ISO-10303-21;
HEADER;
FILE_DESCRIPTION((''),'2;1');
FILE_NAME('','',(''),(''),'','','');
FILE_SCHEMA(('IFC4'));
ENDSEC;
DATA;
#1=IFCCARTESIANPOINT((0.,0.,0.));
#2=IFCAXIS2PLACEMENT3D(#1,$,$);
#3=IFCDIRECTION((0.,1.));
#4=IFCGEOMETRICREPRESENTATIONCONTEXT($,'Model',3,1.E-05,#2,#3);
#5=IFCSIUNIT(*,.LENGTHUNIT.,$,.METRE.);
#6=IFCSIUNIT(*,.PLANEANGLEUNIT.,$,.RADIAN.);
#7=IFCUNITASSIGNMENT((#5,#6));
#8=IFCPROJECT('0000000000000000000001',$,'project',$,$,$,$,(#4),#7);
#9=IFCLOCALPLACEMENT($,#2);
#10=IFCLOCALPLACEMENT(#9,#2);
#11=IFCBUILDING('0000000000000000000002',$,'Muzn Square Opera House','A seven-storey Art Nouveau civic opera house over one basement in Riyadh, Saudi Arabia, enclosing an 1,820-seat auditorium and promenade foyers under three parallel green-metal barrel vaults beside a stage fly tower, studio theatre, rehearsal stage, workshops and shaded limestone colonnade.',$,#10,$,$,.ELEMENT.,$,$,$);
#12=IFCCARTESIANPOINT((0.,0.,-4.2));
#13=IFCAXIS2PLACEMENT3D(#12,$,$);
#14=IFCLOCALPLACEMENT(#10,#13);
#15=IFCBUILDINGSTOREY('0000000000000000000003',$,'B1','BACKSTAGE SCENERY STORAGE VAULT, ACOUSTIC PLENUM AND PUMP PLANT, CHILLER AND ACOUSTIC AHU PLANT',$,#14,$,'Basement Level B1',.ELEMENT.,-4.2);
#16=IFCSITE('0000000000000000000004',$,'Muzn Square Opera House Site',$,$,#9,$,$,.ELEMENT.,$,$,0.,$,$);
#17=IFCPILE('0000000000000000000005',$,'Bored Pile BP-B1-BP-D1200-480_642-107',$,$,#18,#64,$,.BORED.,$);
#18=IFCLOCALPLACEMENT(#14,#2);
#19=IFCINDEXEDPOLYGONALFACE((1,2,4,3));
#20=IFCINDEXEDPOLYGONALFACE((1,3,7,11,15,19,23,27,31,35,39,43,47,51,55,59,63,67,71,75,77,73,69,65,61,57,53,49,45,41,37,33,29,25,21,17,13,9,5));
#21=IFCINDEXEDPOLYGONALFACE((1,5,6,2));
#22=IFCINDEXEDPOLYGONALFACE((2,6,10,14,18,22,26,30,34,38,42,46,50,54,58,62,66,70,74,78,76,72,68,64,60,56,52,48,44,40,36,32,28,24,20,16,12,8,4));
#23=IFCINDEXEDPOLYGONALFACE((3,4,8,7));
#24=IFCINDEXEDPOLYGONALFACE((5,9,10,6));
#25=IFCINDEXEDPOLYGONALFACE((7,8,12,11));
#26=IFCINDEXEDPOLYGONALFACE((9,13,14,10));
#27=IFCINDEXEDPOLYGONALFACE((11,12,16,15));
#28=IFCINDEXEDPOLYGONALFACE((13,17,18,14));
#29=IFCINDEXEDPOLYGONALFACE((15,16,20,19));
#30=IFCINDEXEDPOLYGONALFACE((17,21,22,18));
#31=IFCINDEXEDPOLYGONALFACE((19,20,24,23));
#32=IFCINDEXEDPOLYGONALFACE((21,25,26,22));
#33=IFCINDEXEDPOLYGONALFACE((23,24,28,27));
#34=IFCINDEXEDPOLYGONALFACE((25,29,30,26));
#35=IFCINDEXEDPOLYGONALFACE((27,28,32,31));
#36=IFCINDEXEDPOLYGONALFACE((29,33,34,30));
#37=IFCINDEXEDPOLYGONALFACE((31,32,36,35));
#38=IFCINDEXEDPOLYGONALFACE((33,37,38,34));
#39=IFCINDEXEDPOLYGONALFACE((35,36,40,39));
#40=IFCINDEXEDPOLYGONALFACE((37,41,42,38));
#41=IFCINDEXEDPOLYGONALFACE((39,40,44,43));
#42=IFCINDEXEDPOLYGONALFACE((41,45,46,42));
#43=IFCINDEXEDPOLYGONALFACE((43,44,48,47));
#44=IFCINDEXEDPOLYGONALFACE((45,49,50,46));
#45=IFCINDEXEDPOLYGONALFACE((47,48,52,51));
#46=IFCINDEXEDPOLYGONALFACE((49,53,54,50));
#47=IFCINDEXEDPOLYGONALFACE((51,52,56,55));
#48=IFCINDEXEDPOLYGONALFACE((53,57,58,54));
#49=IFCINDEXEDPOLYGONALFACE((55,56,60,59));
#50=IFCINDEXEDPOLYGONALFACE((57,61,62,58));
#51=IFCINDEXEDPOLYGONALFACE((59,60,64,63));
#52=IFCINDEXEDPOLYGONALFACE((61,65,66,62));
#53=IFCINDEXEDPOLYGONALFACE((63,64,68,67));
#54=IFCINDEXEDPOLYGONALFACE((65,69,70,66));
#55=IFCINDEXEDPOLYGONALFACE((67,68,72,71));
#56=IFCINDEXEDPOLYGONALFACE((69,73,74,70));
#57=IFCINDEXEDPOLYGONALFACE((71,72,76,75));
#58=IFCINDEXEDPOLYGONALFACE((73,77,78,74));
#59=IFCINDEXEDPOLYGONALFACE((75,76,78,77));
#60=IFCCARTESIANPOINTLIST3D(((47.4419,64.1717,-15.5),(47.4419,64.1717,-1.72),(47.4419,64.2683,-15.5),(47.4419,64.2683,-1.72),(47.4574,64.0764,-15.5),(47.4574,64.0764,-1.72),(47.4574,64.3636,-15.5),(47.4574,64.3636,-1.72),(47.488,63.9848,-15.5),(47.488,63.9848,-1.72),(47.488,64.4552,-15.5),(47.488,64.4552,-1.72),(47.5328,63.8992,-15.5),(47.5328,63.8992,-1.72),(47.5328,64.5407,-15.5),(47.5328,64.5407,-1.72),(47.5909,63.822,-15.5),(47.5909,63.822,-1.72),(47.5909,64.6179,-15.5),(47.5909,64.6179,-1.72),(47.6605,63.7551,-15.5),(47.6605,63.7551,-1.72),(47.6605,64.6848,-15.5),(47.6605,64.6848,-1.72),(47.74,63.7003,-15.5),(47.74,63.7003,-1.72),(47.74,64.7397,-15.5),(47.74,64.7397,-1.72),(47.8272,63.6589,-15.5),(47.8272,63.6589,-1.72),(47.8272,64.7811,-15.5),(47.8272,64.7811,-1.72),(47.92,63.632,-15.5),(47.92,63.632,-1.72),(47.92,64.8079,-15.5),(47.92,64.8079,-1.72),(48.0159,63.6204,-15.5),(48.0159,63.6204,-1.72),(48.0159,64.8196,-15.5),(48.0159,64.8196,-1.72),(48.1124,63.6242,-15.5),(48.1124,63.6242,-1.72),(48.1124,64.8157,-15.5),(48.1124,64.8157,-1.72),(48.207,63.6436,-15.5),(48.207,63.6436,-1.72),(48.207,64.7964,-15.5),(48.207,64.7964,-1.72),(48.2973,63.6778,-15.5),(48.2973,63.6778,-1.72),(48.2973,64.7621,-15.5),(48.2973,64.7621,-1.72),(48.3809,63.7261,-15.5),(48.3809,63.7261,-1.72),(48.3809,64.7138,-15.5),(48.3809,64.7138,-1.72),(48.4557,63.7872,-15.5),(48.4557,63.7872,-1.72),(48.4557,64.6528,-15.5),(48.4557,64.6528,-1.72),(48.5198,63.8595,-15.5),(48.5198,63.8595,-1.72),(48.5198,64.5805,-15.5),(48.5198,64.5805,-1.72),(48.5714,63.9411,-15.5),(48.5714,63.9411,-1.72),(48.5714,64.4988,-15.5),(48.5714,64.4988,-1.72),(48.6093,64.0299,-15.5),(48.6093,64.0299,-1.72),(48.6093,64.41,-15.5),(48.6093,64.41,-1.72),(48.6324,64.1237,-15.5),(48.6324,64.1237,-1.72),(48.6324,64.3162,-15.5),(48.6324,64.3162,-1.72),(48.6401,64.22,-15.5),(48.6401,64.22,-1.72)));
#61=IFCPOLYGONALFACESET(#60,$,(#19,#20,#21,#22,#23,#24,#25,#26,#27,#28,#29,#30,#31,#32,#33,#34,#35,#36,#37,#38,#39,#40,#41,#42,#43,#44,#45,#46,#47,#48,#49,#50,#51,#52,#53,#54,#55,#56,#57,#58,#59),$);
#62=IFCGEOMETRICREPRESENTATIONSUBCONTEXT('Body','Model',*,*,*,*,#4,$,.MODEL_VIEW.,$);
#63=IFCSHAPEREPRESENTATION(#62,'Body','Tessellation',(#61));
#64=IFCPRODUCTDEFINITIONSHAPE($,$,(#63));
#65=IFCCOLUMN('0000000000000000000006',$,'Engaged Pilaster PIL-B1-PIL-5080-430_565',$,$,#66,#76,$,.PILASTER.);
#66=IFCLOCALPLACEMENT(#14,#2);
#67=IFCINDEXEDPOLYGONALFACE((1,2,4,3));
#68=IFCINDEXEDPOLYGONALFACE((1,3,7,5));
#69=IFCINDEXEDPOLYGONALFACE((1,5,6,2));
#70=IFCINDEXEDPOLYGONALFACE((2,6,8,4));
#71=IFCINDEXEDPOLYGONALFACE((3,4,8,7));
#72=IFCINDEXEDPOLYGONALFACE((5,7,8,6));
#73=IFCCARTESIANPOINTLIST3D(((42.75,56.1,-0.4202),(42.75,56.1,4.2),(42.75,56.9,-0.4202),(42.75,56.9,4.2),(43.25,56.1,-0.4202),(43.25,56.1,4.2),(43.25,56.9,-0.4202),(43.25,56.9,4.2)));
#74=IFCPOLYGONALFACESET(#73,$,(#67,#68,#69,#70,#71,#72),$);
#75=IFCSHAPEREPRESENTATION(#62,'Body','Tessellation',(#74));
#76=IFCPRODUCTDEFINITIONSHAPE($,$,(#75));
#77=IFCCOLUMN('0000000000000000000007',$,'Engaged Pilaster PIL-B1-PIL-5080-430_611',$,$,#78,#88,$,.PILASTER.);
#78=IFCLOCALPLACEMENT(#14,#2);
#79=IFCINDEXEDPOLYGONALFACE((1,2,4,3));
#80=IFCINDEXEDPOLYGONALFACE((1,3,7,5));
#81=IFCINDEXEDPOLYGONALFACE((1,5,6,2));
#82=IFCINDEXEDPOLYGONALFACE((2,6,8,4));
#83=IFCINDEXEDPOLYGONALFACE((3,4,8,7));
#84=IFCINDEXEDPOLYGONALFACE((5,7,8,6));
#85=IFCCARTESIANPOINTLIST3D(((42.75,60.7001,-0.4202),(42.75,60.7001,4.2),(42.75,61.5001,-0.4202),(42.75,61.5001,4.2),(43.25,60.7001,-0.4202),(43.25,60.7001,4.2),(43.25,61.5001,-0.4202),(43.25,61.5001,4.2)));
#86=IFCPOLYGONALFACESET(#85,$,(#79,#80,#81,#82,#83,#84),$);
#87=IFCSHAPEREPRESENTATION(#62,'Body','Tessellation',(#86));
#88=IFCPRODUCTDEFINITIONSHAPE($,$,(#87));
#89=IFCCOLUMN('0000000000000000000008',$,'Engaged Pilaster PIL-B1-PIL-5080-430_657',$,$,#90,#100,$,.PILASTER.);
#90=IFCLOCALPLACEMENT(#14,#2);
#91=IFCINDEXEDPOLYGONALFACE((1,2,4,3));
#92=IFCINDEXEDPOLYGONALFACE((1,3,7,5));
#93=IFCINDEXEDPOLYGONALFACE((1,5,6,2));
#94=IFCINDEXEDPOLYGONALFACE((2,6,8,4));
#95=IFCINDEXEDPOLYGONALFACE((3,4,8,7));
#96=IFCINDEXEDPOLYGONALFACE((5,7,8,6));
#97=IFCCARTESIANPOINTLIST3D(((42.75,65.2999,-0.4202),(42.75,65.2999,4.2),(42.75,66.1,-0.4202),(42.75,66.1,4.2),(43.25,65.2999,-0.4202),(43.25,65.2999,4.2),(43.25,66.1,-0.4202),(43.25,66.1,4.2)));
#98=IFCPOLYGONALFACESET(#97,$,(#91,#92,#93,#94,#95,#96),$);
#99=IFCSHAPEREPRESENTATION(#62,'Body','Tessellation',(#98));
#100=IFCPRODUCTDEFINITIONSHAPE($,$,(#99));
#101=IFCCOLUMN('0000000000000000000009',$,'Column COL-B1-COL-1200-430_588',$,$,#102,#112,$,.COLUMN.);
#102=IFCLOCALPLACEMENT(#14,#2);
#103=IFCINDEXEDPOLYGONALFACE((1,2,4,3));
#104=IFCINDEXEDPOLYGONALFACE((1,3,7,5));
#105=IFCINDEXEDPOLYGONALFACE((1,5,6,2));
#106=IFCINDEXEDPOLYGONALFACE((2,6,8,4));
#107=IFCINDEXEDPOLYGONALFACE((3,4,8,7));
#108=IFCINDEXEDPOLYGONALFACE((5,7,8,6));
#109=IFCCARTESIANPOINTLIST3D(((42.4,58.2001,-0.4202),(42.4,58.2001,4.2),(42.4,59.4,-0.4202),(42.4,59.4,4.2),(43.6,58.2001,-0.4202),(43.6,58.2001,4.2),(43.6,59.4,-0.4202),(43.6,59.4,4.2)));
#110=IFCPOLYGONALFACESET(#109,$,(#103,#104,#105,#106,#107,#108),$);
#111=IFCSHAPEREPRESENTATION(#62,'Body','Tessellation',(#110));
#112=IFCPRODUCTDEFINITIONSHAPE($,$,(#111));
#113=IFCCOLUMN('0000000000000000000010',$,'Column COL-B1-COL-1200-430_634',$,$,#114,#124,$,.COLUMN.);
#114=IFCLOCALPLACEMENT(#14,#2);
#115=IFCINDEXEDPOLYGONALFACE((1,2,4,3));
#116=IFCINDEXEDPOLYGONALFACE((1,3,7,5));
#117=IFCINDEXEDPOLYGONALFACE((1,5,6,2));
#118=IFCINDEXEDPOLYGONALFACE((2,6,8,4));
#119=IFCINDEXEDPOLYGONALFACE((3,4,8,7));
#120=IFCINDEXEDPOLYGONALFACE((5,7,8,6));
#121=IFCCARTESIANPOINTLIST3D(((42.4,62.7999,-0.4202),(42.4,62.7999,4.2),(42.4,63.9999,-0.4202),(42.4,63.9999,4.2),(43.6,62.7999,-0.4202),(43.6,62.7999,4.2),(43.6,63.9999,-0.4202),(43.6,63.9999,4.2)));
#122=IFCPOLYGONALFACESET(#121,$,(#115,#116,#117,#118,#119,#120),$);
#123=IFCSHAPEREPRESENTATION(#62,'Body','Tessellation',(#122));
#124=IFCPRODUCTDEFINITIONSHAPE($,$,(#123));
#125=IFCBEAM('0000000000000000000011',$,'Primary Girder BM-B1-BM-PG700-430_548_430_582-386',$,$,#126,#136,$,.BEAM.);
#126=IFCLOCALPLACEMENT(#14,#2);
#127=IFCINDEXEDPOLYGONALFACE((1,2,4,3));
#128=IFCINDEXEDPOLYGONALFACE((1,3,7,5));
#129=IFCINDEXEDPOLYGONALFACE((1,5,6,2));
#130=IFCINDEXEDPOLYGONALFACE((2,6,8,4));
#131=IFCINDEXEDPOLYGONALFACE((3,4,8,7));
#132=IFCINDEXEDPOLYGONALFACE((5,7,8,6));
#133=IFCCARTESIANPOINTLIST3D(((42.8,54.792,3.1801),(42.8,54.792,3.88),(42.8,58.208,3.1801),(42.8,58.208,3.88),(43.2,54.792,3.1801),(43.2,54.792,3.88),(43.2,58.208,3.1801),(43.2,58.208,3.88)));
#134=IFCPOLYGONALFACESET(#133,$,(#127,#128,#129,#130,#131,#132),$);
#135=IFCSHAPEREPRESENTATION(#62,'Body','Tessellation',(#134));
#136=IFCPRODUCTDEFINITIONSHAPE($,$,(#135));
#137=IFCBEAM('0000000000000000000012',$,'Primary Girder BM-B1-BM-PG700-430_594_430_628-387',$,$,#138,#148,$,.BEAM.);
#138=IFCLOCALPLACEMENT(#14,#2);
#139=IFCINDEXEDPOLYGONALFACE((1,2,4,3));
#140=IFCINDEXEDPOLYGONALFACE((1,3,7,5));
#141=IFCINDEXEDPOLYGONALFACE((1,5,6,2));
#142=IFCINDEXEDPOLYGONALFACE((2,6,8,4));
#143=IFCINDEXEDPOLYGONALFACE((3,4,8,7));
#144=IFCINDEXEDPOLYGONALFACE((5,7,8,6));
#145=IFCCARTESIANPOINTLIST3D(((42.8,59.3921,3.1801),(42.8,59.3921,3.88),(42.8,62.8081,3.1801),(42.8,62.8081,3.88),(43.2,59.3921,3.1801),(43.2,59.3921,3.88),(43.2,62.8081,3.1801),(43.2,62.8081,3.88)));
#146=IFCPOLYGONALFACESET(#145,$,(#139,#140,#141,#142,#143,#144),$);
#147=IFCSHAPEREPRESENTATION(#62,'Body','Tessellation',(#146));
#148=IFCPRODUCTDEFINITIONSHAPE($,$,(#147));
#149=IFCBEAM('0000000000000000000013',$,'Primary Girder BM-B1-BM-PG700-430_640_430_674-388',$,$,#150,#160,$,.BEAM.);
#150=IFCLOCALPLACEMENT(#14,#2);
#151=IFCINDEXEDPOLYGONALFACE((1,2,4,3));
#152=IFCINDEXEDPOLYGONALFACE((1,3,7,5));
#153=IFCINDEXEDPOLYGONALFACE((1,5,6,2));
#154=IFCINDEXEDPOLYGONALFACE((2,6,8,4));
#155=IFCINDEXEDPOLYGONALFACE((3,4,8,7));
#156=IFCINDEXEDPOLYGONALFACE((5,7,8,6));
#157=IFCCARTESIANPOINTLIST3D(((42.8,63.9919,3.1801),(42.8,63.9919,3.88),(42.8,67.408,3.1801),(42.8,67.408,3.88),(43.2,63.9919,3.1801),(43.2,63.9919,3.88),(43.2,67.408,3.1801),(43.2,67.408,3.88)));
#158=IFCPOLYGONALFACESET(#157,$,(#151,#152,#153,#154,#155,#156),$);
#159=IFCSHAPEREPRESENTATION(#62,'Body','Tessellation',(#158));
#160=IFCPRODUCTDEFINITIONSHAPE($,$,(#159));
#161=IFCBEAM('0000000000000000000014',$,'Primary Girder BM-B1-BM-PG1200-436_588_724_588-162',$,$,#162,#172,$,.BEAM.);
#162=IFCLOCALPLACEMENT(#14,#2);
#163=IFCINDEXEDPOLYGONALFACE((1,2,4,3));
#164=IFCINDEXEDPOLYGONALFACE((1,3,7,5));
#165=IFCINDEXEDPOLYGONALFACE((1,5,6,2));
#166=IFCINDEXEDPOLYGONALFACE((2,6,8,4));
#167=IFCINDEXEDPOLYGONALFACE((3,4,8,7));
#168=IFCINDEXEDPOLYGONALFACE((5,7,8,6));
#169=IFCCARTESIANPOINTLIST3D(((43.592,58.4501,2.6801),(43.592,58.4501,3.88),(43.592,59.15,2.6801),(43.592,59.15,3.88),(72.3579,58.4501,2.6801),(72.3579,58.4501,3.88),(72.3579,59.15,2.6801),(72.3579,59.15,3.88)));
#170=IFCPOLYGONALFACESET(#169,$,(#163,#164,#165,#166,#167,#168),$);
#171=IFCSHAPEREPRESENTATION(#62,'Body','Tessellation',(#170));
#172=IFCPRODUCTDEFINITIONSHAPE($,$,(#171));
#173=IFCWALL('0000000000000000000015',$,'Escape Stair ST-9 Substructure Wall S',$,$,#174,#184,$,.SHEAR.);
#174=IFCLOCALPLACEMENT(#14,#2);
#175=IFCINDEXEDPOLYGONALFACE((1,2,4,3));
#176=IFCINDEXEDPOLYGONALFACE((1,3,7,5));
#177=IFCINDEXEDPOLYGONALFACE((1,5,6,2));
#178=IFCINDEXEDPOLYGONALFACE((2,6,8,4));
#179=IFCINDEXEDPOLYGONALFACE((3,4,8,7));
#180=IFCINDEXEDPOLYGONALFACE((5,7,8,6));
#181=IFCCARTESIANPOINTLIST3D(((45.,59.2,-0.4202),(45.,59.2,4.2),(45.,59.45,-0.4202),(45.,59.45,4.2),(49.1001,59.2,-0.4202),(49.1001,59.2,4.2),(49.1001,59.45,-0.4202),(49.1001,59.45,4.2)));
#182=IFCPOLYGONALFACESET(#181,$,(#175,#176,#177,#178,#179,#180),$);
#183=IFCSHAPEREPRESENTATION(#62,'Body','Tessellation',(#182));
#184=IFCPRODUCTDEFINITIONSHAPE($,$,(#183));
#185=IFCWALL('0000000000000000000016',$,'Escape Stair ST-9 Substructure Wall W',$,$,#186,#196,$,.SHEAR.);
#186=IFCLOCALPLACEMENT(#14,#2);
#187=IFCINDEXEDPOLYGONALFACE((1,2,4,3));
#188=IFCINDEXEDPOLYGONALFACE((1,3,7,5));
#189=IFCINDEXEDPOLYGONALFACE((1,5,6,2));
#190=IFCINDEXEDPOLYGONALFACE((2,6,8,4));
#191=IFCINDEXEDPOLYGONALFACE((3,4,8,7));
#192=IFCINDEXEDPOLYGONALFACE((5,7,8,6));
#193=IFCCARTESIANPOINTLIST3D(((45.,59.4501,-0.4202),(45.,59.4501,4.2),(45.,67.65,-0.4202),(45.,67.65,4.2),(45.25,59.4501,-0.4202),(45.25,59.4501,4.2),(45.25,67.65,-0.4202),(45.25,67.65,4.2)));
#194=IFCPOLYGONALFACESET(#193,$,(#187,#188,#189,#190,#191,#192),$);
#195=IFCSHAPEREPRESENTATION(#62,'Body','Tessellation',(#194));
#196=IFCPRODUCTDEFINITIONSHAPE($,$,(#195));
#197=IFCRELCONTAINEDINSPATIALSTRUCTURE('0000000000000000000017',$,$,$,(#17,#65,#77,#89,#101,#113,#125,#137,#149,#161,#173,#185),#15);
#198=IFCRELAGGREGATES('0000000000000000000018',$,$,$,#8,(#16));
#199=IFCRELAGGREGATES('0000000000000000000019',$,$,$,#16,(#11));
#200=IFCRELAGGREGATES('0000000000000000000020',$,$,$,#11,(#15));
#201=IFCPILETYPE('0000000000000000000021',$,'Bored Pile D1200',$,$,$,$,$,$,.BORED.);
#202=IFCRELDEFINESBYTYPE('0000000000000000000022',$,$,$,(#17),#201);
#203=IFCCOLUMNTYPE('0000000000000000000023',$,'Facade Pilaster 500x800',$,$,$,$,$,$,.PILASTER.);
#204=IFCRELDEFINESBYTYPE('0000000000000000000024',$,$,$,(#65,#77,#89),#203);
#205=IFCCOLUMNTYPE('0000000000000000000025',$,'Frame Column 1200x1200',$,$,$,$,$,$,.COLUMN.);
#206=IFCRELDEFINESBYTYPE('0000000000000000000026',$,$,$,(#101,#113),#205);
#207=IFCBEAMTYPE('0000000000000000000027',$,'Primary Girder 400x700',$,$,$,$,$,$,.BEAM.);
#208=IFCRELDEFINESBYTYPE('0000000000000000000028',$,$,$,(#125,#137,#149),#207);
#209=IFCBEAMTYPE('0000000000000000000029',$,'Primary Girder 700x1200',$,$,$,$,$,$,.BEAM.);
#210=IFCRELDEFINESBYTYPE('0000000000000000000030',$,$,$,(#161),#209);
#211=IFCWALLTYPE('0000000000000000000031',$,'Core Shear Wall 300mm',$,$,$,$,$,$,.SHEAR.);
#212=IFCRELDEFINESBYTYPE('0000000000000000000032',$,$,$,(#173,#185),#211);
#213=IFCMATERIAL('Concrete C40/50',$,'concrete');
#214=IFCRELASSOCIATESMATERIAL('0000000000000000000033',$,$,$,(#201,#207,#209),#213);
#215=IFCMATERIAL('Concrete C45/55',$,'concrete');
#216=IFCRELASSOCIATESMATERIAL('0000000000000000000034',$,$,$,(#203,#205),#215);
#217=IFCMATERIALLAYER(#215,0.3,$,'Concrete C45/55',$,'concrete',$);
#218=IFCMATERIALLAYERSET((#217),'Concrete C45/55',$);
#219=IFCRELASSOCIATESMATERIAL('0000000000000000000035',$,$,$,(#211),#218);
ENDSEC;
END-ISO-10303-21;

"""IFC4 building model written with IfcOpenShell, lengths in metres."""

from ifc_helpers import new_model, si_unit, direction, frame, frame_2d, origin, origin_2d, place, context, subcontext, project, spatial, rectangle, circle, extrude, material, layer, layer_set, material_profile, profile_set, type_object, element, save


model = new_model("IFC4")

# Units and contexts
model_context = context("Model", 3, precision=1e-05, world=origin(), true_north=direction((0.0, 1.0)))
body_context = subcontext(model_context, "Body", "Model", "MODEL_VIEW")
ifc_project = project(units=[si_unit("LENGTHUNIT", "METRE"), si_unit("PLANEANGLEUNIT", "RADIAN")], contexts=[model_context])

# Site, building, storey
site_placement = place(None, origin())
site = spatial("IfcSite", under=ifc_project, at=site_placement, Name="Muzn Square Opera House Site", CompositionType="ELEMENT", RefElevation=0.0)
building_placement = place(site_placement, origin())
building = spatial("IfcBuilding", under=site, at=building_placement, Name="Muzn Square Opera House", Description="A seven-storey Art Nouveau civic opera house over one basement in Riyadh, Saudi Arabia, enclosing an 1,820-seat auditorium and promenade foyers under three parallel green-metal barrel vaults beside a stage fly tower, studio theatre, rehearsal stage, workshops and shaded limestone colonnade.", CompositionType="ELEMENT")
storey_placement = place(building_placement, frame((0.0, 0.0, -4.2)))
storey = spatial("IfcBuildingStorey", under=building, at=storey_placement, Name="B1", Description="BACKSTAGE SCENERY STORAGE VAULT, ACOUSTIC PLENUM AND PUMP PLANT, CHILLER AND ACOUSTIC AHU PLANT", LongName="Basement Level B1", CompositionType="ELEMENT", Elevation=-4.2)

# Pile
ifc_material_1 = material(Name="Concrete C40/50", Category="concrete")
ifc_material_profile_1 = material_profile(ifc_material_1, circle(Radius=0.6001, at=origin_2d()), Name="BORED PILE D1200", Category="concrete")
ifc_profile_set_1 = profile_set([ifc_material_profile_1], Name="Concrete C40/50")
pile_type = type_object("IfcPileType", Name="Bored Pile D1200", PredefinedType="BORED", material=ifc_profile_set_1)
for number, where, z_axis, x_axis, name in (
    (1, (48.04, 64.22, -1.72), (0.0, 0.0, -1.0), (1.0, 0.0, 0.0), "Bored Pile BP-B1-BP-D1200-480_642-107"),
):
    element("IfcPile", number, at=place(storey_placement, frame(where, z_axis=z_axis, x_axis=x_axis)), inside=storey, type_object=pile_type, Name=name, PredefinedType="BORED", context=body_context, shape_type="SweptSolid", body=[
        extrude(circle(Radius=0.6001, at=origin_2d()), origin(), (0.0, 0.0, 1.0), 13.78),
    ])

# Columns
ifc_material_2 = material(Name="Concrete C45/55", Category="concrete")
ifc_material_profile_2 = material_profile(ifc_material_2, rectangle(XDim=0.5, YDim=0.8, at=origin_2d()), Name="RC 500x800", Category="concrete")
ifc_profile_set_2 = profile_set([ifc_material_profile_2], Name="Concrete C45/55")
column_type_1 = type_object("IfcColumnType", Name="Facade Pilaster 500x800", PredefinedType="PILASTER", material=ifc_profile_set_2)
for number, where, z_axis, x_axis, name in (
    (2, (43.0, 56.5, -0.4202), (0.0, 0.0, 1.0), (1.0, 0.0, 0.0), "Engaged Pilaster PIL-B1-PIL-5080-430_565"),
    (3, (43.0, 61.1001, -0.4202), (0.0, 0.0, 1.0), (1.0, 0.0, 0.0), "Engaged Pilaster PIL-B1-PIL-5080-430_611"),
    (4, (43.0, 65.7, -0.4202), (0.0, 0.0, 1.0), (1.0, 0.0, 0.0), "Engaged Pilaster PIL-B1-PIL-5080-430_657"),
):
    element("IfcColumn", number, at=place(storey_placement, frame(where, z_axis=z_axis, x_axis=x_axis)), inside=storey, type_object=column_type_1, Name=name, PredefinedType="PILASTER", context=body_context, shape_type="SweptSolid", body=[
        extrude(rectangle(XDim=0.5, YDim=0.8, at=origin_2d()), origin(), (0.0, 0.0, 1.0), 4.6201),
    ])
ifc_material_profile_3 = material_profile(ifc_material_2, rectangle(XDim=1.2, YDim=1.2, at=origin_2d()), Name="RC 1200x1200", Category="concrete")
ifc_profile_set_3 = profile_set([ifc_material_profile_3], Name="Concrete C45/55")
column_type_2 = type_object("IfcColumnType", Name="Frame Column 1200x1200", PredefinedType="COLUMN", material=ifc_profile_set_3)
for number, where, z_axis, x_axis, name in (
    (5, (43.0, 58.8, -0.4202), (0.0, 0.0, 1.0), (1.0, 0.0, 0.0), "Column COL-B1-COL-1200-430_588"),
    (6, (43.0, 63.3999, -0.4202), (0.0, 0.0, 1.0), (1.0, 0.0, 0.0), "Column COL-B1-COL-1200-430_634"),
):
    element("IfcColumn", number, at=place(storey_placement, frame(where, z_axis=z_axis, x_axis=x_axis)), inside=storey, type_object=column_type_2, Name=name, PredefinedType="COLUMN", context=body_context, shape_type="SweptSolid", body=[
        extrude(rectangle(XDim=1.2, YDim=1.2, at=origin_2d()), origin(), (0.0, 0.0, 1.0), 4.6201),
    ])

# Beams
ifc_material_profile_4 = material_profile(ifc_material_1, rectangle(XDim=0.3999, YDim=0.7, at=origin_2d()), Name="RCB 400x700", Category="concrete")
ifc_profile_set_4 = profile_set([ifc_material_profile_4], Name="Concrete C40/50")
beam_type_1 = type_object("IfcBeamType", Name="Primary Girder 400x700", PredefinedType="BEAM", material=ifc_profile_set_4)
for number, where, z_axis, x_axis, name in (
    (7, (43.0, 54.792, 3.53), (0.0, 1.0, 0.0), (-1.0, 0.0, 0.0), "Primary Girder BM-B1-BM-PG700-430_548_430_582-386"),
    (8, (43.0, 59.3921, 3.53), (0.0, 1.0, 0.0), (-1.0, 0.0, 0.0), "Primary Girder BM-B1-BM-PG700-430_594_430_628-387"),
    (9, (43.0, 63.9919, 3.53), (0.0, 1.0, 0.0), (-1.0, 0.0, 0.0), "Primary Girder BM-B1-BM-PG700-430_640_430_674-388"),
):
    element("IfcBeam", number, at=place(storey_placement, frame(where, z_axis=z_axis, x_axis=x_axis)), inside=storey, type_object=beam_type_1, Name=name, PredefinedType="BEAM", context=body_context, shape_type="SweptSolid", body=[
        extrude(rectangle(XDim=0.3999, YDim=0.7, at=origin_2d()), origin(), (0.0, 0.0, 1.0), 3.416),
    ])
ifc_material_profile_5 = material_profile(ifc_material_1, rectangle(XDim=0.7, YDim=1.2, at=origin_2d()), Name="RCB 700x1200", Category="concrete")
ifc_profile_set_5 = profile_set([ifc_material_profile_5], Name="Concrete C40/50")
beam_type_2 = type_object("IfcBeamType", Name="Primary Girder 700x1200", PredefinedType="BEAM", material=ifc_profile_set_5)
beam_placement = place(storey_placement, frame((43.592, 58.8, 3.28), z_axis=(1.0, 0.0, 0.0), x_axis=(0.0, 1.0, 0.0)))
element("IfcBeam", 10, at=beam_placement, inside=storey, type_object=beam_type_2, Name="Primary Girder BM-B1-BM-PG1200-436_588_724_588-162", PredefinedType="BEAM", context=body_context, shape_type="SweptSolid", body=[
    extrude(rectangle(XDim=0.7, YDim=1.2, at=origin_2d()), origin(), (0.0, 0.0, 1.0), 28.7659),
])

# Walls
ifc_layer = layer(ifc_material_2, 0.3, Name="Concrete C45/55", Category="concrete")
ifc_layer_set = layer_set([ifc_layer], Name="Concrete C45/55")
wall_type = type_object("IfcWallType", Name="Core Shear Wall 300mm", PredefinedType="SHEAR", material=ifc_layer_set)
wall_1_placement = place(storey_placement, frame((45.0, 59.325, -0.4202), z_axis=(0.0, 0.0, 1.0), x_axis=(1.0, 0.0, 0.0)))
element("IfcWall", 11, at=wall_1_placement, inside=storey, type_object=wall_type, Name="Escape Stair ST-9 Substructure Wall S", PredefinedType="SHEAR", context=body_context, shape_type="SweptSolid", body=[
    extrude(rectangle(XDim=4.1001, YDim=0.25, at=frame_2d((2.05, 0.0))), origin(), (0.0, 0.0, 1.0), 4.6201),
])
wall_2_placement = place(storey_placement, frame((45.125, 59.45, -0.4202), z_axis=(0.0, 0.0, 1.0), x_axis=(0.0, 1.0, 0.0)))
element("IfcWall", 12, at=wall_2_placement, inside=storey, type_object=wall_type, Name="Escape Stair ST-9 Substructure Wall W", PredefinedType="SHEAR", context=body_context, shape_type="SweptSolid", body=[
    extrude(rectangle(XDim=8.2, YDim=0.25, at=frame_2d((4.1001, 0.0))), origin(), (0.0, 0.0, 1.0), 4.6201),
])

save(model, "model.ifc")
